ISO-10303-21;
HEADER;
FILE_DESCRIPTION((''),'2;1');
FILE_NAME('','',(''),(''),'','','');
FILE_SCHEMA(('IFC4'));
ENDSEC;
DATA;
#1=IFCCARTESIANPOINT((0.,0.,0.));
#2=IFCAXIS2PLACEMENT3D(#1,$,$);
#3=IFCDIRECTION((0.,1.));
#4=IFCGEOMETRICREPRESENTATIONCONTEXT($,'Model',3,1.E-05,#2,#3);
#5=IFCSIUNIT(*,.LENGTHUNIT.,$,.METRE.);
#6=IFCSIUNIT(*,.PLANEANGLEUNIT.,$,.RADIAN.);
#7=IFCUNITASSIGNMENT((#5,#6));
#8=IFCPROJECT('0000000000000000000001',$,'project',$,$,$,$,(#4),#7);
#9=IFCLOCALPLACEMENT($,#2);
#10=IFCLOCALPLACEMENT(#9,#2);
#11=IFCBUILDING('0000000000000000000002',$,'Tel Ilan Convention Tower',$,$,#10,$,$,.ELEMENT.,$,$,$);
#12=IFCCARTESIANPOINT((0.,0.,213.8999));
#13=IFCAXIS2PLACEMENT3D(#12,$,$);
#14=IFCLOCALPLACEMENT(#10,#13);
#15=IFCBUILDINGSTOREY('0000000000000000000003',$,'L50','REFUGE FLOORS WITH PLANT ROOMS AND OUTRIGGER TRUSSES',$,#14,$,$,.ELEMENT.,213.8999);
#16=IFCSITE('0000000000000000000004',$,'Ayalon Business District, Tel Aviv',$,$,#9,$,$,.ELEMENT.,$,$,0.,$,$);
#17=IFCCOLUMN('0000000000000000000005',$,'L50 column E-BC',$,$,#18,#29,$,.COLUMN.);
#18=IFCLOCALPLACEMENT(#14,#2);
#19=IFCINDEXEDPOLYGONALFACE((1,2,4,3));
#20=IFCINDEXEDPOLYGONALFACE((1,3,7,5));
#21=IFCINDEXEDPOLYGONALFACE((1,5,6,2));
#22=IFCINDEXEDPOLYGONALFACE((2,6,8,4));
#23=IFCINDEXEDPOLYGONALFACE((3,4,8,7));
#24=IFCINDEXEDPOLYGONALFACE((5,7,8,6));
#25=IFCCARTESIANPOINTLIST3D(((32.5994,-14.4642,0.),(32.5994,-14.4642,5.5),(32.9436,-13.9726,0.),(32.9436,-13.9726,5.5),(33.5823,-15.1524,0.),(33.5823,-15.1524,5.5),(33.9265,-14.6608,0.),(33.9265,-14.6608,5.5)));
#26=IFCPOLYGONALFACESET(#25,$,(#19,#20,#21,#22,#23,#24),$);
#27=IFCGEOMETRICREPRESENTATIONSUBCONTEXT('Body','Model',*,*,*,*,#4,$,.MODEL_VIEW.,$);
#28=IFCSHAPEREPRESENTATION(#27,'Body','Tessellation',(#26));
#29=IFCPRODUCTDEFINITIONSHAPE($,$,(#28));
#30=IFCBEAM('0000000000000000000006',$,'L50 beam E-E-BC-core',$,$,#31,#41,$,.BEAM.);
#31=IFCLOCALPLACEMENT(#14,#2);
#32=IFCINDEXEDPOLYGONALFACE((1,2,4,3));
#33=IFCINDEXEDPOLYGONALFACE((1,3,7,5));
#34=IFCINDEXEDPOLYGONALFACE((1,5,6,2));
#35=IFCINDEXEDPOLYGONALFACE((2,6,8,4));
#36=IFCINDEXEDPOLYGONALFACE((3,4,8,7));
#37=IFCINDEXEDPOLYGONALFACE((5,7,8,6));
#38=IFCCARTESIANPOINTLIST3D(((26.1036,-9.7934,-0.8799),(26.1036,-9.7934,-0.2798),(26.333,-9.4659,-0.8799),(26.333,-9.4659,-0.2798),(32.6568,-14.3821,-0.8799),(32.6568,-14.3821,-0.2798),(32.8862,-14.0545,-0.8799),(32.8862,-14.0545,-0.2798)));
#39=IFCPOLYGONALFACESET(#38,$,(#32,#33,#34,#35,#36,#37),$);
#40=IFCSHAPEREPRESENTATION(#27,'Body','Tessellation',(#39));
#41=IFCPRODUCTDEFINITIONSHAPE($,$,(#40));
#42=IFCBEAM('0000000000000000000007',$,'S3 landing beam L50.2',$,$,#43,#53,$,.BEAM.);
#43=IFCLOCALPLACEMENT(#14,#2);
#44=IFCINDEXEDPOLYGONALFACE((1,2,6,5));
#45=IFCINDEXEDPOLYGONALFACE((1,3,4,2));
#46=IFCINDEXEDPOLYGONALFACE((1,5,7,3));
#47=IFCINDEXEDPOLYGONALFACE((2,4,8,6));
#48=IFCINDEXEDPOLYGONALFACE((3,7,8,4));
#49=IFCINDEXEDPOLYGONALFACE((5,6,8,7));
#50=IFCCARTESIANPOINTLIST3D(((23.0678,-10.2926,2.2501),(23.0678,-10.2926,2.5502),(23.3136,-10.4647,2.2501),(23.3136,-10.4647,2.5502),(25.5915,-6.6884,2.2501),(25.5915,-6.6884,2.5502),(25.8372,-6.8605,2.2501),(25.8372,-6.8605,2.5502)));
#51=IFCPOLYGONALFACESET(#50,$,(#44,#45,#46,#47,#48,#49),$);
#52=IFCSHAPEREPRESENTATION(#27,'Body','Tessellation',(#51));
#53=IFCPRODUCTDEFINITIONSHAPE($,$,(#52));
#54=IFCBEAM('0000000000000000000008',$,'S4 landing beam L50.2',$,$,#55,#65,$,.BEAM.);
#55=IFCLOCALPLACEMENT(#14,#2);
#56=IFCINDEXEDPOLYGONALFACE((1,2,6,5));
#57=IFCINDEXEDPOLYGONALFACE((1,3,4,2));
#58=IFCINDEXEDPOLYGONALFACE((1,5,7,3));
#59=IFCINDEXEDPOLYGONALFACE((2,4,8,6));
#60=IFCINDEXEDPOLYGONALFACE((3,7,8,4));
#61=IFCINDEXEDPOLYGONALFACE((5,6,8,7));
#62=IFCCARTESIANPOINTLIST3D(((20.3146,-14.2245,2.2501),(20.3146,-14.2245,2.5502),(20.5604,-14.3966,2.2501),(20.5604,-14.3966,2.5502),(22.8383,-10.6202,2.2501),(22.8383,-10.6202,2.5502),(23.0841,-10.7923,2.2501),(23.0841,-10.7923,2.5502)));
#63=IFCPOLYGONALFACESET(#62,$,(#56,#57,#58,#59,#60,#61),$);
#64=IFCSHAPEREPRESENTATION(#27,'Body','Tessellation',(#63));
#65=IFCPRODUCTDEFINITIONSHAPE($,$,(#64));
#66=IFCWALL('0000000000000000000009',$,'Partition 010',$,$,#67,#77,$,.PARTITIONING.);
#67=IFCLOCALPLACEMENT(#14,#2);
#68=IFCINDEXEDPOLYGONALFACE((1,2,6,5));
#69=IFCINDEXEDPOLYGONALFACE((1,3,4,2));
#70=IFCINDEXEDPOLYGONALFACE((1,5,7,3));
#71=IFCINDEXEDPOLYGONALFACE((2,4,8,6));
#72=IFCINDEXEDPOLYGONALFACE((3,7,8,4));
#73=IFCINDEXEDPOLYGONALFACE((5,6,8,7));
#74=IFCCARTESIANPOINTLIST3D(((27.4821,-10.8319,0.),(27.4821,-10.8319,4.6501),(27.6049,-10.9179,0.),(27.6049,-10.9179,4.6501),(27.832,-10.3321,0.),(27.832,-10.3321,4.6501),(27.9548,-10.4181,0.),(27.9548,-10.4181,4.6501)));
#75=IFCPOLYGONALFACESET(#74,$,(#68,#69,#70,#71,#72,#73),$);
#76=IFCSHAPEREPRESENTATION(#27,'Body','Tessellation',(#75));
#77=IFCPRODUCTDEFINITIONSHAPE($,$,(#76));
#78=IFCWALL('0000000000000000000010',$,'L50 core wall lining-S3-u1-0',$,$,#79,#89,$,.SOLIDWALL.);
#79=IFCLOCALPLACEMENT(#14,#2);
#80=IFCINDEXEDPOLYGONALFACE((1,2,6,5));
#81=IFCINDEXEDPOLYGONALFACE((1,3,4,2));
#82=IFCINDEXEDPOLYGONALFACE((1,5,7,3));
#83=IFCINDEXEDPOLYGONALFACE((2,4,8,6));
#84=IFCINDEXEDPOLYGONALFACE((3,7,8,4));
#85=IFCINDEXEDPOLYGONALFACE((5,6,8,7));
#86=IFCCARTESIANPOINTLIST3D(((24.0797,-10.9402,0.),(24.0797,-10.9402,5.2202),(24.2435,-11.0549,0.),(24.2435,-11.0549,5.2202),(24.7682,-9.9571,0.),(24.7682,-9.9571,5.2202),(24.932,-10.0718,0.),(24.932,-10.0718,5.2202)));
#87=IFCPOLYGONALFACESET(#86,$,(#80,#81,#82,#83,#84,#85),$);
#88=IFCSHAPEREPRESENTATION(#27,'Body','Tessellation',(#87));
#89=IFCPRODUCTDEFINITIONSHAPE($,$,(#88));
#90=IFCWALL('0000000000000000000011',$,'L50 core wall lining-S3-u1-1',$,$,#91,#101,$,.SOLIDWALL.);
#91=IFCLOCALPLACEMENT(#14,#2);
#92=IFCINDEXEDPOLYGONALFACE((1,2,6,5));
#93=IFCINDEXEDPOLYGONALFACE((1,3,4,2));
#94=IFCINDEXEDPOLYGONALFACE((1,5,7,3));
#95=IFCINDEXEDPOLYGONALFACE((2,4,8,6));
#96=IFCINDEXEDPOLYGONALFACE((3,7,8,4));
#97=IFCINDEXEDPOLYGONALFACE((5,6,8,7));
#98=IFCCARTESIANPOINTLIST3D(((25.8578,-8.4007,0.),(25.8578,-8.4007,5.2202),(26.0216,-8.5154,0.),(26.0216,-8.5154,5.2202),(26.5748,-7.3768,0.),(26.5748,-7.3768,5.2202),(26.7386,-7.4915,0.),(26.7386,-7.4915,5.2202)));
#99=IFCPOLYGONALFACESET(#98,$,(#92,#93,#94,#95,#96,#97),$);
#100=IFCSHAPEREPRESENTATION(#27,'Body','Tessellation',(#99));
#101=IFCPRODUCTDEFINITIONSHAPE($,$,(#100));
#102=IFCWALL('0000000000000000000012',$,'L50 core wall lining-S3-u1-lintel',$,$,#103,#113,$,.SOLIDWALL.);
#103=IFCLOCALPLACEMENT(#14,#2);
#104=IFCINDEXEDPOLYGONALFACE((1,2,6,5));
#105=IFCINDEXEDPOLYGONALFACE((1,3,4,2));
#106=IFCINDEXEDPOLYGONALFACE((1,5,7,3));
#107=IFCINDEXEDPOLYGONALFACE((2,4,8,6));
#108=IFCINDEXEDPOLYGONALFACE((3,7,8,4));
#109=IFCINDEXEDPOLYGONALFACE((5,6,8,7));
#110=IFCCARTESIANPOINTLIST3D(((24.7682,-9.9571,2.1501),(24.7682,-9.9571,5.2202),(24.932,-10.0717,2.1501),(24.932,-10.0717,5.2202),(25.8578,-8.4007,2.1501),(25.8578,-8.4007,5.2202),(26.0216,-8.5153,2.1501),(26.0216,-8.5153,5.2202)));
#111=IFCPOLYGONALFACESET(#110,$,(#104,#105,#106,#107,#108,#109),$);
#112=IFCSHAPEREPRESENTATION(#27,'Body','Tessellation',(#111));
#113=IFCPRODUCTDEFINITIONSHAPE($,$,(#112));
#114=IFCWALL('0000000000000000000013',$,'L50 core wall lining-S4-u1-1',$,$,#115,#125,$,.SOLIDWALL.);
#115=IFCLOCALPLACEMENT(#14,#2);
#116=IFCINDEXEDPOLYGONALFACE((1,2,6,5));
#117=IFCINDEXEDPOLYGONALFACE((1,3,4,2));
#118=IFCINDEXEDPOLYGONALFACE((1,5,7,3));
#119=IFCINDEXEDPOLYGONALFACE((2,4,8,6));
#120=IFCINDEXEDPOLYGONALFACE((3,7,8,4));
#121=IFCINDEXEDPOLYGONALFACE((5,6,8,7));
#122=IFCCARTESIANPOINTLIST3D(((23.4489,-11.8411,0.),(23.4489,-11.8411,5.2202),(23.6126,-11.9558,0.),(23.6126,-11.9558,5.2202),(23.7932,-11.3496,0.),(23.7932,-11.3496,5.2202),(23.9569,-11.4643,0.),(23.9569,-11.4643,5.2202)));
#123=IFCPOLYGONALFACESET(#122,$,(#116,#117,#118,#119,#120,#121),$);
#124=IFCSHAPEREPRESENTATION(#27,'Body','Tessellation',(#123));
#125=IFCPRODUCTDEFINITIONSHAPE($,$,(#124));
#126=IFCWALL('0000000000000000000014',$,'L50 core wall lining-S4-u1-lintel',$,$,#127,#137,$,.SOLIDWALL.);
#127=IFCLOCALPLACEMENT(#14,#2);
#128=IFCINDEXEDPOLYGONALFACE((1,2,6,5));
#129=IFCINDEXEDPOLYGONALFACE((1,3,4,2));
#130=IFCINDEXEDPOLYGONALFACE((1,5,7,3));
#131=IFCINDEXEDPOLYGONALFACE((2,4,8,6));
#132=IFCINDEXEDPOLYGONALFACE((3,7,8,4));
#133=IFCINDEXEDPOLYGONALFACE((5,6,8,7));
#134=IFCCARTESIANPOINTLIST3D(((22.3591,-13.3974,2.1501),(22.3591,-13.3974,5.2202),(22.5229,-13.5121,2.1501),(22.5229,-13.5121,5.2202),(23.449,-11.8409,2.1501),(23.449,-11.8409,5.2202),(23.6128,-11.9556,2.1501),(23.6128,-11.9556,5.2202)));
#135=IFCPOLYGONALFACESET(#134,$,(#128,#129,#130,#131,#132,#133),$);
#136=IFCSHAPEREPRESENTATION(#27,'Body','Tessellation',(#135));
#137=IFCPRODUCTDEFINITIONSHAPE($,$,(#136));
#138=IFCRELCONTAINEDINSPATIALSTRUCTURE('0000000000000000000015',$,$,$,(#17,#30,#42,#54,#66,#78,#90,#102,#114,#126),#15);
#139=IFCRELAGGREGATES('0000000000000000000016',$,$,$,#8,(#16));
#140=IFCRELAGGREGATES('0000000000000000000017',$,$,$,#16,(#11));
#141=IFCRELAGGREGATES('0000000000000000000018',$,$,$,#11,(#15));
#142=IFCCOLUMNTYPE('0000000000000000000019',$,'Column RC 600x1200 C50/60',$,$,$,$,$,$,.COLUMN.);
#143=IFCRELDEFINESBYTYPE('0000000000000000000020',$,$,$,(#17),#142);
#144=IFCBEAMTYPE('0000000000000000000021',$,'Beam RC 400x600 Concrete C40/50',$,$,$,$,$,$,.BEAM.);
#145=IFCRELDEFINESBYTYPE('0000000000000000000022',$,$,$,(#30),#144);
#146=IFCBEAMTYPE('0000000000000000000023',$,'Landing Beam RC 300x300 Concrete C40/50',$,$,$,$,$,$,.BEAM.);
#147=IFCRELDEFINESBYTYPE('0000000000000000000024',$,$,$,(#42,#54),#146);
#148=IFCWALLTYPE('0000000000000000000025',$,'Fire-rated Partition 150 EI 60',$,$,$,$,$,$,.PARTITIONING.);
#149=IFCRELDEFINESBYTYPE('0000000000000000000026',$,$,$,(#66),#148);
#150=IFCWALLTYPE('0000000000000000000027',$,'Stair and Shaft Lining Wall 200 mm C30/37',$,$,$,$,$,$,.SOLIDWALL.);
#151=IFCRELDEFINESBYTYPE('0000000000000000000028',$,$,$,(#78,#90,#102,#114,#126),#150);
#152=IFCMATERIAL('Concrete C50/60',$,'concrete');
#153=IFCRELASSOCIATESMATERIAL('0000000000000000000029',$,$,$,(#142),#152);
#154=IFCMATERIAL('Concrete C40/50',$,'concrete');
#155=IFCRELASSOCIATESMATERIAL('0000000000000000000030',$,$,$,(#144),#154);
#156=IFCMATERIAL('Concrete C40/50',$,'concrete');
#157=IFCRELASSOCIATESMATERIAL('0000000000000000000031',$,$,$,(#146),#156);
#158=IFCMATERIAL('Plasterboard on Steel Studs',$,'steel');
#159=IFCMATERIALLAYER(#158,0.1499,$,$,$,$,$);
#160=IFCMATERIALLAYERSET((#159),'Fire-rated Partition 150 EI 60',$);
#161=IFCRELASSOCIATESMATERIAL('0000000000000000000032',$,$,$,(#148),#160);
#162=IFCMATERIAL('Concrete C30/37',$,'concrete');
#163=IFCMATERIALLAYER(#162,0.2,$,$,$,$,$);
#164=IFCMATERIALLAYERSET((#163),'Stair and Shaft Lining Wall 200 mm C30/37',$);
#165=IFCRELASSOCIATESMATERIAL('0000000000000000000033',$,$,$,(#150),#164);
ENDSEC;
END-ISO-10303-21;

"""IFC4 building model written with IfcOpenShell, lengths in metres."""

from ifc_helpers import new_model, si_unit, direction, frame, frame_2d, origin, origin_2d, place, context, subcontext, project, spatial, rectangle, extrude, material, layer, layer_set, material_profile, profile_set, type_object, element, save


model = new_model("IFC4")

# Units and contexts
model_context = context("Model", 3, precision=1e-05, world=origin(), true_north=direction((0.0, 1.0)))
body_context = subcontext(model_context, "Body", "Model", "MODEL_VIEW")
ifc_project = project(units=[si_unit("LENGTHUNIT", "METRE"), si_unit("PLANEANGLEUNIT", "RADIAN")], contexts=[model_context])

# Site, building, storey
site_placement = place(None, origin())
site = spatial("IfcSite", under=ifc_project, at=site_placement, Name="Ayalon Business District, Tel Aviv", CompositionType="ELEMENT", RefElevation=0.0)
building_placement = place(site_placement, origin())
building = spatial("IfcBuilding", under=site, at=building_placement, Name="Tel Ilan Convention Tower", CompositionType="ELEMENT")
storey_placement = place(building_placement, frame((0.0, 0.0, 213.8999)))
storey = spatial("IfcBuildingStorey", under=building, at=storey_placement, Name="L50", Description="REFUGE FLOORS WITH PLANT ROOMS AND OUTRIGGER TRUSSES", CompositionType="ELEMENT", Elevation=213.8999)

# Column
ifc_material_1 = material(Name="Concrete C50/60", Category="concrete")
ifc_material_profile_1 = material_profile(ifc_material_1, rectangle(XDim=1.2, YDim=0.6001, at=origin_2d()), Name="RC 600x1200")
ifc_profile_set_1 = profile_set([ifc_material_profile_1], Name="Concrete C50/60")
column_type = type_object("IfcColumnType", Name="Column RC 600x1200 C50/60", PredefinedType="COLUMN", material=ifc_profile_set_1)
column_placement = place(storey_placement, frame((33.2629, -14.5625, 0.0), z_axis=(0.0, 0.0, 1.0), x_axis=(0.819152, -0.573576, 0.0)))
element("IfcColumn", 1, at=column_placement, inside=storey, type_object=column_type, Name="L50 column E-BC", PredefinedType="COLUMN", context=body_context, shape_type="SweptSolid", body=[
    extrude(rectangle(XDim=1.2, YDim=0.6001, at=origin_2d()), origin(), (0.0, 0.0, 1.0), 5.5),
])

# Beams
ifc_material_2 = material(Name="Concrete C40/50", Category="concrete")
ifc_material_profile_2 = material_profile(ifc_material_2, rectangle(XDim=0.3999, YDim=0.6001, at=origin_2d()), Name="RC 400x600")
ifc_profile_set_2 = profile_set([ifc_material_profile_2], Name="Concrete C40/50")
beam_type_1 = type_object("IfcBeamType", Name="Beam RC 400x600 Concrete C40/50", PredefinedType="BEAM", material=ifc_profile_set_2)
beam_placement = place(storey_placement, frame((32.7715, -14.2183, -0.5798), z_axis=(-0.819152, 0.573577, 0.0), x_axis=(-0.573577, -0.819152, 0.0)))
element("IfcBeam", 2, at=beam_placement, inside=storey, type_object=beam_type_1, Name="L50 beam E-E-BC-core", PredefinedType="BEAM", context=body_context, shape_type="SweptSolid", body=[
    extrude(rectangle(XDim=0.3999, YDim=0.6001, at=origin_2d()), origin(), (0.0, 0.0, 1.0), 8.0),
])
ifc_material_3 = material(Name="Concrete C40/50", Category="concrete")
ifc_material_profile_3 = material_profile(ifc_material_3, rectangle(XDim=0.3, YDim=0.3, at=origin_2d()), Name="RC 300x300")
ifc_profile_set_3 = profile_set([ifc_material_profile_3], Name="Concrete C40/50")
beam_type_2 = type_object("IfcBeamType", Name="Landing Beam RC 300x300 Concrete C40/50", PredefinedType="BEAM", material=ifc_profile_set_3)
for number, where, z_axis, x_axis, name in (
    (3, (25.7144, -6.7744, 2.4001), (-0.57357, -0.819156, 0.0), (0.819156, -0.57357, 0.0), "S3 landing beam L50.2"),
    (4, (22.9612, -10.7063, 2.4001), (-0.57357, -0.819156, 0.0), (0.819156, -0.57357, 0.0), "S4 landing beam L50.2"),
):
    element("IfcBeam", number, at=place(storey_placement, frame(where, z_axis=z_axis, x_axis=x_axis)), inside=storey, type_object=beam_type_2, Name=name, PredefinedType="BEAM", context=body_context, shape_type="SweptSolid", body=[
        extrude(rectangle(XDim=0.3, YDim=0.3, at=origin_2d()), origin(), (0.0, 0.0, 1.0), 4.3999),
    ])

# Walls
ifc_material_4 = material(Name="Plasterboard on Steel Studs", Category="steel")
ifc_layer_1 = layer(ifc_material_4, 0.1499)
ifc_layer_set_1 = layer_set([ifc_layer_1], Name="Fire-rated Partition 150 EI 60")
wall_type_1 = type_object("IfcWallType", Name="Fire-rated Partition 150 EI 60", PredefinedType="PARTITIONING", material=ifc_layer_set_1)
wall_1_placement = place(storey_placement, frame((27.5435, -10.875, 0.0), z_axis=(0.0, 0.0, 1.0), x_axis=(0.573489, 0.819213, 0.0)))
element("IfcWall", 5, at=wall_1_placement, inside=storey, type_object=wall_type_1, Name="Partition 010", PredefinedType="PARTITIONING", context=body_context, shape_type="SweptSolid", body=[
    extrude(rectangle(XDim=0.6101, YDim=0.1499, at=frame_2d((0.3052, 0.0))), origin(), (0.0, 0.0, 1.0), 4.6501),
])
ifc_material_5 = material(Name="Concrete C30/37", Category="concrete")
ifc_layer_2 = layer(ifc_material_5, 0.2)
ifc_layer_set_2 = layer_set([ifc_layer_2], Name="Stair and Shaft Lining Wall 200 mm C30/37")
wall_type_2 = type_object("IfcWallType", Name="Stair and Shaft Lining Wall 200 mm C30/37", PredefinedType="SOLIDWALL", material=ifc_layer_set_2)
wall_2_placement = place(storey_placement, frame((24.1616, -10.9976, 0.0), z_axis=(0.0, 0.0, 1.0), x_axis=(0.573613, 0.819127, 0.0)))
element("IfcWall", 6, at=wall_2_placement, inside=storey, type_object=wall_type_2, Name="L50 core wall lining-S3-u1-0", PredefinedType="SOLIDWALL", context=body_context, shape_type="SweptSolid", body=[
    extrude(rectangle(XDim=1.2002, YDim=0.2, at=frame_2d((0.6001, 0.0))), origin(), (0.0, 0.0, 1.0), 5.2202),
])
wall_3_placement = place(storey_placement, frame((25.9397, -8.458, 0.0), z_axis=(0.0, 0.0, 1.0), x_axis=(0.57362, 0.819122, 0.0)))
element("IfcWall", 7, at=wall_3_placement, inside=storey, type_object=wall_type_2, Name="L50 core wall lining-S3-u1-1", PredefinedType="SOLIDWALL", context=body_context, shape_type="SweptSolid", body=[
    extrude(rectangle(XDim=1.25, YDim=0.2, at=frame_2d((0.625, 0.0))), origin(), (0.0, 0.0, 1.0), 5.2202),
])
wall_4_placement = place(storey_placement, frame((24.8501, -10.0144, 2.1501), z_axis=(0.0, 0.0, 1.0), x_axis=(0.573505, 0.819202, 0.0)))
element("IfcWall", 8, at=wall_4_placement, inside=storey, type_object=wall_type_2, Name="L50 core wall lining-S3-u1-lintel", PredefinedType="SOLIDWALL", context=body_context, shape_type="SweptSolid", body=[
    extrude(rectangle(XDim=1.8999, YDim=0.2, at=frame_2d((0.95, 0.0))), origin(), (0.0, 0.0, 1.0), 3.0701),
])
wall_5_placement = place(storey_placement, frame((23.5308, -11.8984, 0.0), z_axis=(0.0, 0.0, 1.0), x_axis=(0.573708, 0.81906, 0.0)))
element("IfcWall", 9, at=wall_5_placement, inside=storey, type_object=wall_type_2, Name="L50 core wall lining-S4-u1-1", PredefinedType="SOLIDWALL", context=body_context, shape_type="SweptSolid", body=[
    extrude(rectangle(XDim=0.6001, YDim=0.2, at=frame_2d((0.3, 0.0))), origin(), (0.0, 0.0, 1.0), 5.2202),
])
wall_6_placement = place(storey_placement, frame((22.4409, -13.4548, 2.1501), z_axis=(0.0, 0.0, 1.0), x_axis=(0.573592, 0.819141, 0.0)))
element("IfcWall", 10, at=wall_6_placement, inside=storey, type_object=wall_type_2, Name="L50 core wall lining-S4-u1-lintel", PredefinedType="SOLIDWALL", context=body_context, shape_type="SweptSolid", body=[
    extrude(rectangle(XDim=1.9001, YDim=0.2, at=frame_2d((0.9502, 0.0))), origin(), (0.0, 0.0, 1.0), 3.0701),
])

save(model, "model.ifc")
